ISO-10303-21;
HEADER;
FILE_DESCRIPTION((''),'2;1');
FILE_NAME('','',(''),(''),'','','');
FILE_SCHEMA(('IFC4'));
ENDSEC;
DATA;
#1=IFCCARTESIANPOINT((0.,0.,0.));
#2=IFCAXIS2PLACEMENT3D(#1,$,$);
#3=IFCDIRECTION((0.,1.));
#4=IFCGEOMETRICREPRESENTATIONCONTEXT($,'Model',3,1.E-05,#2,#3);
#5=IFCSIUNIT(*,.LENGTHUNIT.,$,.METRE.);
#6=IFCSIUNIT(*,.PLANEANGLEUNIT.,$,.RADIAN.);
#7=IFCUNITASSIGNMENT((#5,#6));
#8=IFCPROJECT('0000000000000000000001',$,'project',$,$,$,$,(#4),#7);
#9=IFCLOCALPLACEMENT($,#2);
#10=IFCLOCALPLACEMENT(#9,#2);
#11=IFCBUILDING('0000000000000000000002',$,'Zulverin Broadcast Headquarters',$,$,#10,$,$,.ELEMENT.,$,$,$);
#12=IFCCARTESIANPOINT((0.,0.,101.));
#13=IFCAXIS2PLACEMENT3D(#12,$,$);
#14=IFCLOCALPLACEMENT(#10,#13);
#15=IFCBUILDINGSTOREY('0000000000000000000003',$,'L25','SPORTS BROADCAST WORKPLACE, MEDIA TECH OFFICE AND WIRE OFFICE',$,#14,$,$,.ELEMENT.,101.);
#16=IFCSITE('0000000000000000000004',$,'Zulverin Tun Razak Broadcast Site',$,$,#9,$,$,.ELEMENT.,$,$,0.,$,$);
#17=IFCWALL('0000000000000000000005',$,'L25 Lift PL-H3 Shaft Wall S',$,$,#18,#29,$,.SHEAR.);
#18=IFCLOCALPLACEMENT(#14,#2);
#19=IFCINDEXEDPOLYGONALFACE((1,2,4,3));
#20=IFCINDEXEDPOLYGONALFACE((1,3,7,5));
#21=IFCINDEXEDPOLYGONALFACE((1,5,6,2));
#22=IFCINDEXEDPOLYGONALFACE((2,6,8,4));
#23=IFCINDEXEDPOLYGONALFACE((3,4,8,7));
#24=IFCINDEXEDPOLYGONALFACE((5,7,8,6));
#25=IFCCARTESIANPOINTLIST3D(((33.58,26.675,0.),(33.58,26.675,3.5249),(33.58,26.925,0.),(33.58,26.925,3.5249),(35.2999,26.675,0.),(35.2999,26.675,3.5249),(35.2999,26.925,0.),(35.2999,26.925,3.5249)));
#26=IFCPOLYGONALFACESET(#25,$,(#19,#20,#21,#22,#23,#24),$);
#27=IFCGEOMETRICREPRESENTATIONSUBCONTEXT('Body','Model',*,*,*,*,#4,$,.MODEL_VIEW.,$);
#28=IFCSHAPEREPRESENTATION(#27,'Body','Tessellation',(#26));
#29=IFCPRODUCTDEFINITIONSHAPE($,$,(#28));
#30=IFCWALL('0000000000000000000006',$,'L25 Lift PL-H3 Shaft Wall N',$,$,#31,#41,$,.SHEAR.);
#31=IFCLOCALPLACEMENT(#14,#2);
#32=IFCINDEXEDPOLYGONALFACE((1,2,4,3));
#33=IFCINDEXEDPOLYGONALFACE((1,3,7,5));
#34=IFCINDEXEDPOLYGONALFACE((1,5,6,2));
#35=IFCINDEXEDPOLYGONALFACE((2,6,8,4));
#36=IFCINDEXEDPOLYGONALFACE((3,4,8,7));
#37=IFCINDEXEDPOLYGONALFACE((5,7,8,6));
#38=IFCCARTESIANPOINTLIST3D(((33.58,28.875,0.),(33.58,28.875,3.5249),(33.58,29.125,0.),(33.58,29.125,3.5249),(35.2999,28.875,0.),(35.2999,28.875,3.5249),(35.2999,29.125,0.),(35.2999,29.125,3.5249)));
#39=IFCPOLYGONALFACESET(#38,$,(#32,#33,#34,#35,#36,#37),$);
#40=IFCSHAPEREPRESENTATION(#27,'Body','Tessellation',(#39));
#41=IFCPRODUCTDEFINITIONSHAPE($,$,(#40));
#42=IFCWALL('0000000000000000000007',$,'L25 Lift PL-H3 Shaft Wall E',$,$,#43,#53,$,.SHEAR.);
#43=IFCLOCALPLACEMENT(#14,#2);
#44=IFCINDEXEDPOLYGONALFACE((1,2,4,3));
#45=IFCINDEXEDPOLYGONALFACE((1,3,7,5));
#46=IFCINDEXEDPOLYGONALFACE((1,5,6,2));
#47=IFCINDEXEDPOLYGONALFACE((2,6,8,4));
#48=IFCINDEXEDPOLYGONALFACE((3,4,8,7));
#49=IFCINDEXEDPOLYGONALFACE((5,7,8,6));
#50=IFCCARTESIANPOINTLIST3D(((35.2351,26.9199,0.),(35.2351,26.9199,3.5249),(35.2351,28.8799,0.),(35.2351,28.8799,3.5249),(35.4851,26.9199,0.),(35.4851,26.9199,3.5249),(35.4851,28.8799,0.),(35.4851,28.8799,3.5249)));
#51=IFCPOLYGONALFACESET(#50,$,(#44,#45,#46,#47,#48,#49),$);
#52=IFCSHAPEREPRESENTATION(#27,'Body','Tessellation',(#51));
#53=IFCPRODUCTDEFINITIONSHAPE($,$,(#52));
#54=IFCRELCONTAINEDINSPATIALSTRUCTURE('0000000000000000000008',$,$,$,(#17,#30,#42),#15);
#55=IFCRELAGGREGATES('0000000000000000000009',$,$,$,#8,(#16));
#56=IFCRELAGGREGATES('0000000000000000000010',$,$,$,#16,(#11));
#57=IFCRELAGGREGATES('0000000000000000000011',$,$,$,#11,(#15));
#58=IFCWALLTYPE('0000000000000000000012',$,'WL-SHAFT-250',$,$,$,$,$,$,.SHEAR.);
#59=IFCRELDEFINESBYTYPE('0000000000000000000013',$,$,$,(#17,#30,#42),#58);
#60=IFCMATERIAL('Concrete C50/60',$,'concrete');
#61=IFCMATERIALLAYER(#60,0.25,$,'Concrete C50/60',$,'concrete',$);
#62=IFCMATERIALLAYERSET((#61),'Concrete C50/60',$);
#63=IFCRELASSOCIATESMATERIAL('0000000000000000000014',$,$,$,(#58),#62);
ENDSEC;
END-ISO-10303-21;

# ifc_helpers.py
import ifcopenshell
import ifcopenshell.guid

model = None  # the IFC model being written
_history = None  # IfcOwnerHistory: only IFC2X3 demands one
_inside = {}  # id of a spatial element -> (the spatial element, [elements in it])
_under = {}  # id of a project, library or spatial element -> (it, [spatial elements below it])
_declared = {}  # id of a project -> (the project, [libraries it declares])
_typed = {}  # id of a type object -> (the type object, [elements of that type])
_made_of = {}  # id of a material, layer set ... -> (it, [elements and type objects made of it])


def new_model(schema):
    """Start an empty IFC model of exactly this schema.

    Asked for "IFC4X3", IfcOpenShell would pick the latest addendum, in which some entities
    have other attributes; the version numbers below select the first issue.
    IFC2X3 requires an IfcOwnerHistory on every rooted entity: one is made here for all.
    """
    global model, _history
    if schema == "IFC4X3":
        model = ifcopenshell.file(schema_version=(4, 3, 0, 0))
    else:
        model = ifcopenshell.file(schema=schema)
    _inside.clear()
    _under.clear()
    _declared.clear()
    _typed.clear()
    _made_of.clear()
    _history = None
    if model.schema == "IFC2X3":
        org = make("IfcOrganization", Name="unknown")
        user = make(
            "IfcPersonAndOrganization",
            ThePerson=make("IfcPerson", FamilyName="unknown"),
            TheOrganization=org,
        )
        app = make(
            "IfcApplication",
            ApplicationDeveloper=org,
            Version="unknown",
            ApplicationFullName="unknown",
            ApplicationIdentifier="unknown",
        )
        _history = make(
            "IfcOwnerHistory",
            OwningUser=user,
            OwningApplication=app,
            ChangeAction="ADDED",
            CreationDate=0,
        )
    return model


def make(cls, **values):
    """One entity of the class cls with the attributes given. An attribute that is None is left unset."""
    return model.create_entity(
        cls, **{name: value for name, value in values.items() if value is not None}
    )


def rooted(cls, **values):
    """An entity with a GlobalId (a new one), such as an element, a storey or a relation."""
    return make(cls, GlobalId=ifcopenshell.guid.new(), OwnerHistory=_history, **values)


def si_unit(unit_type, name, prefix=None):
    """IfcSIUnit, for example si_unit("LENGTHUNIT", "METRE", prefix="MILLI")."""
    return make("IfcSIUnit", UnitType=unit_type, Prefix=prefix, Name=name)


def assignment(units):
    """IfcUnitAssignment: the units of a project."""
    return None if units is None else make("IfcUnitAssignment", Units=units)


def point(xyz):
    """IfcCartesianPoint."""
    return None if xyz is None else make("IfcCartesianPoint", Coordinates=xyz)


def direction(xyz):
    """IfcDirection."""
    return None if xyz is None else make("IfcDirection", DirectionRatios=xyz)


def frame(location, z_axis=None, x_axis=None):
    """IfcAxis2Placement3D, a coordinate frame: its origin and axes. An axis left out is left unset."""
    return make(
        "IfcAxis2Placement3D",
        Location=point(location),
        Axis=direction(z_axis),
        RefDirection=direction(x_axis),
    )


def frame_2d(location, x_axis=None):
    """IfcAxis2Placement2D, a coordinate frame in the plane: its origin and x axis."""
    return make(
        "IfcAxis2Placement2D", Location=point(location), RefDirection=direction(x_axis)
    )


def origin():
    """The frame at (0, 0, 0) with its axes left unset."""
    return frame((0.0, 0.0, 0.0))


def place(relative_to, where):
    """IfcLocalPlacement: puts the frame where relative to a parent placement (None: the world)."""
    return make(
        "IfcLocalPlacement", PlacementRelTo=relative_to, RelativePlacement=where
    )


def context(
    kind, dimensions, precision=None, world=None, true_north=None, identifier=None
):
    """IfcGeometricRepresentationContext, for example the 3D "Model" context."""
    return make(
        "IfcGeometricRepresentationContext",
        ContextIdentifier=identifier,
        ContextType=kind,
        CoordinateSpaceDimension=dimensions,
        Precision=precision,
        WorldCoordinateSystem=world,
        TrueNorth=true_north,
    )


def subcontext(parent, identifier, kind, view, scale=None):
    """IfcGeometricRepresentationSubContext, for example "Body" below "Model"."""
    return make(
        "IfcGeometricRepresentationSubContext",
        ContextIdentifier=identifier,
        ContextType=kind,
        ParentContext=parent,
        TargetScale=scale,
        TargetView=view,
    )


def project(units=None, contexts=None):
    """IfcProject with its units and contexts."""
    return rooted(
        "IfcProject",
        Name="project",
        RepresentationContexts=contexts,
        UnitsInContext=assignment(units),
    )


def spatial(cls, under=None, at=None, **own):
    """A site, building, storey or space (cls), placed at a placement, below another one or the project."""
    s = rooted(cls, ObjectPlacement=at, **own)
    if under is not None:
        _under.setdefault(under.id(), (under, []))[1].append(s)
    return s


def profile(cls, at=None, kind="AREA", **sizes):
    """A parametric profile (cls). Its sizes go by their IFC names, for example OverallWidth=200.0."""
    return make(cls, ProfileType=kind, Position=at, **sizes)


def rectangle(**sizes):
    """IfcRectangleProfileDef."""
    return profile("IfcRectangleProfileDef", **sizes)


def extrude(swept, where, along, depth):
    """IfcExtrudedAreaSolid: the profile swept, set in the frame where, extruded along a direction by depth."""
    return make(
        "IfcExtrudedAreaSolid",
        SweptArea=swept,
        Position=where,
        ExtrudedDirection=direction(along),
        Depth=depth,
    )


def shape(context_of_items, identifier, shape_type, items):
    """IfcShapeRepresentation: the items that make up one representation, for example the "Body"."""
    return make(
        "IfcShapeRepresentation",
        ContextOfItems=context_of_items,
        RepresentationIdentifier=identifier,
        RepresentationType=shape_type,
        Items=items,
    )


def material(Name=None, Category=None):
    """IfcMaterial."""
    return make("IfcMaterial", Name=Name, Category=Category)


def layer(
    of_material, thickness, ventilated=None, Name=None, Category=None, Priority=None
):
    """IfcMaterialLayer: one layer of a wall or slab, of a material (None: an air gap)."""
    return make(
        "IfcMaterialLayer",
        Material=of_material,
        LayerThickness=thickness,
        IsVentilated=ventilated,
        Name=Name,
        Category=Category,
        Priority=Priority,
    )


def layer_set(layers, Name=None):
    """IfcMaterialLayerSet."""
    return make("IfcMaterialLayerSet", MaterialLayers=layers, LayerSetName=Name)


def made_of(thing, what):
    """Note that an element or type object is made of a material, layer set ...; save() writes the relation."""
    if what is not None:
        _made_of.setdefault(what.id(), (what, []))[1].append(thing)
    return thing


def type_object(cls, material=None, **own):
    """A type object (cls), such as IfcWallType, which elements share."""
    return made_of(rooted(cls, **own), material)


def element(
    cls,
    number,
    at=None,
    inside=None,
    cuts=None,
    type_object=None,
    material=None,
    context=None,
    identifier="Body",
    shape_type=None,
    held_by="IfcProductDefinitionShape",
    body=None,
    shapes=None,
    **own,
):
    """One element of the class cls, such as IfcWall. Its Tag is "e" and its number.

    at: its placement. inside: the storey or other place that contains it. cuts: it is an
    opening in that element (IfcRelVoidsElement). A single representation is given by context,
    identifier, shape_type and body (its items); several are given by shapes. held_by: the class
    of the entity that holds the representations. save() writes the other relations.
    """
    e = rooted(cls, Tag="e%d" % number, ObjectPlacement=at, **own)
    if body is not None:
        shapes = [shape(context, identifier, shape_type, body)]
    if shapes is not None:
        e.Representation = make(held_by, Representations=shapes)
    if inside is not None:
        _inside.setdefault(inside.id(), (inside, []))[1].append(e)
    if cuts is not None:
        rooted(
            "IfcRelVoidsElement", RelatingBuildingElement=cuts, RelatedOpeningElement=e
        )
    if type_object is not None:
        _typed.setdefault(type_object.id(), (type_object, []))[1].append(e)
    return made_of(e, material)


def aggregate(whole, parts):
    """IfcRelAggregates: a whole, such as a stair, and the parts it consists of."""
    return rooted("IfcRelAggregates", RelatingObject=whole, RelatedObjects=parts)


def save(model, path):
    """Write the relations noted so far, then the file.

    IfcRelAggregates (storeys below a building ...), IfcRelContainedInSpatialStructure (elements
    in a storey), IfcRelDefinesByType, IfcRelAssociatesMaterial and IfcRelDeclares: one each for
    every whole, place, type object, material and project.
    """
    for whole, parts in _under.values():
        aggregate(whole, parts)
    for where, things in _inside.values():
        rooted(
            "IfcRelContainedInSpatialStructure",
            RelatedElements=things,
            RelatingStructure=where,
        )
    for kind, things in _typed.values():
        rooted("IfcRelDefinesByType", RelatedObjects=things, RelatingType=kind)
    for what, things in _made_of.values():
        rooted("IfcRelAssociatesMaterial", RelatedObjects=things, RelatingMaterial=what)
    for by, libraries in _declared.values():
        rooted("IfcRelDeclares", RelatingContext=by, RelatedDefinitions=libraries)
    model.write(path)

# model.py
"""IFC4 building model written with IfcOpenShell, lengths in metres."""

from ifc_helpers import new_model, si_unit, direction, frame, frame_2d, origin, place, context, subcontext, project, spatial, rectangle, extrude, material, layer, layer_set, type_object, element, save


model = new_model("IFC4")

# Units and contexts
model_context = context("Model", 3, precision=1e-05, world=origin(), true_north=direction((0.0, 1.0)))
body_context = subcontext(model_context, "Body", "Model", "MODEL_VIEW")
ifc_project = project(units=[si_unit("LENGTHUNIT", "METRE"), si_unit("PLANEANGLEUNIT", "RADIAN")], contexts=[model_context])

# Site, building, storey
site_placement = place(None, origin())
site = spatial("IfcSite", under=ifc_project, at=site_placement, Name="Zulverin Tun Razak Broadcast Site", CompositionType="ELEMENT", RefElevation=0.0)
building_placement = place(site_placement, origin())
building = spatial("IfcBuilding", under=site, at=building_placement, Name="Zulverin Broadcast Headquarters", CompositionType="ELEMENT")
storey_placement = place(building_placement, frame((0.0, 0.0, 101.0)))
storey = spatial("IfcBuildingStorey", under=building, at=storey_placement, Name="L25", Description="SPORTS BROADCAST WORKPLACE, MEDIA TECH OFFICE AND WIRE OFFICE", CompositionType="ELEMENT", Elevation=101.0)

# Shared definitions
ifc_material_1 = material(Name="Concrete C50/60", Category="concrete")
ifc_layer_1 = layer(ifc_material_1, 0.25, Name="Concrete C50/60", Category="concrete")
ifc_layer_set_1 = layer_set([ifc_layer_1], Name="Concrete C50/60")
wall_type_1 = type_object("IfcWallType", Name="WL-SHAFT-250", PredefinedType="SHEAR", material=ifc_layer_set_1)

# Walls
for number, where, z_axis, x_axis, name in (
    (1, (33.5801, 26.8, 0.0), (0.0, 0.0, 1.0), (1.0, 0.0, 0.0), "L25 Lift PL-H3 Shaft Wall S"),
    (2, (33.5801, 29.0, 0.0), (0.0, 0.0, 1.0), (1.0, 0.0, 0.0), "L25 Lift PL-H3 Shaft Wall N"),
):
    element("IfcWall", number, at=place(storey_placement, frame(where, z_axis=z_axis, x_axis=x_axis)), inside=storey, type_object=wall_type_1, Name=name, PredefinedType="SHEAR", context=body_context, shape_type="SweptSolid", body=[
        extrude(rectangle(XDim=1.72, YDim=0.25, at=frame_2d((0.8599, 0.0))), origin(), (0.0, 0.0, 1.0), 3.5249),
    ])
wall_1_placement = place(storey_placement, frame((35.3601, 26.9199, 0.0), z_axis=(0.0, 0.0, 1.0), x_axis=(0.0, 1.0, 0.0)))
element("IfcWall", 3, at=wall_1_placement, inside=storey, type_object=wall_type_1, Name="L25 Lift PL-H3 Shaft Wall E", PredefinedType="SHEAR", context=body_context, shape_type="SweptSolid", body=[
    extrude(rectangle(XDim=1.96, YDim=0.25, at=frame_2d((0.98, 0.0))), origin(), (0.0, 0.0, 1.0), 3.5249),
])

save(model, "model.ifc")
